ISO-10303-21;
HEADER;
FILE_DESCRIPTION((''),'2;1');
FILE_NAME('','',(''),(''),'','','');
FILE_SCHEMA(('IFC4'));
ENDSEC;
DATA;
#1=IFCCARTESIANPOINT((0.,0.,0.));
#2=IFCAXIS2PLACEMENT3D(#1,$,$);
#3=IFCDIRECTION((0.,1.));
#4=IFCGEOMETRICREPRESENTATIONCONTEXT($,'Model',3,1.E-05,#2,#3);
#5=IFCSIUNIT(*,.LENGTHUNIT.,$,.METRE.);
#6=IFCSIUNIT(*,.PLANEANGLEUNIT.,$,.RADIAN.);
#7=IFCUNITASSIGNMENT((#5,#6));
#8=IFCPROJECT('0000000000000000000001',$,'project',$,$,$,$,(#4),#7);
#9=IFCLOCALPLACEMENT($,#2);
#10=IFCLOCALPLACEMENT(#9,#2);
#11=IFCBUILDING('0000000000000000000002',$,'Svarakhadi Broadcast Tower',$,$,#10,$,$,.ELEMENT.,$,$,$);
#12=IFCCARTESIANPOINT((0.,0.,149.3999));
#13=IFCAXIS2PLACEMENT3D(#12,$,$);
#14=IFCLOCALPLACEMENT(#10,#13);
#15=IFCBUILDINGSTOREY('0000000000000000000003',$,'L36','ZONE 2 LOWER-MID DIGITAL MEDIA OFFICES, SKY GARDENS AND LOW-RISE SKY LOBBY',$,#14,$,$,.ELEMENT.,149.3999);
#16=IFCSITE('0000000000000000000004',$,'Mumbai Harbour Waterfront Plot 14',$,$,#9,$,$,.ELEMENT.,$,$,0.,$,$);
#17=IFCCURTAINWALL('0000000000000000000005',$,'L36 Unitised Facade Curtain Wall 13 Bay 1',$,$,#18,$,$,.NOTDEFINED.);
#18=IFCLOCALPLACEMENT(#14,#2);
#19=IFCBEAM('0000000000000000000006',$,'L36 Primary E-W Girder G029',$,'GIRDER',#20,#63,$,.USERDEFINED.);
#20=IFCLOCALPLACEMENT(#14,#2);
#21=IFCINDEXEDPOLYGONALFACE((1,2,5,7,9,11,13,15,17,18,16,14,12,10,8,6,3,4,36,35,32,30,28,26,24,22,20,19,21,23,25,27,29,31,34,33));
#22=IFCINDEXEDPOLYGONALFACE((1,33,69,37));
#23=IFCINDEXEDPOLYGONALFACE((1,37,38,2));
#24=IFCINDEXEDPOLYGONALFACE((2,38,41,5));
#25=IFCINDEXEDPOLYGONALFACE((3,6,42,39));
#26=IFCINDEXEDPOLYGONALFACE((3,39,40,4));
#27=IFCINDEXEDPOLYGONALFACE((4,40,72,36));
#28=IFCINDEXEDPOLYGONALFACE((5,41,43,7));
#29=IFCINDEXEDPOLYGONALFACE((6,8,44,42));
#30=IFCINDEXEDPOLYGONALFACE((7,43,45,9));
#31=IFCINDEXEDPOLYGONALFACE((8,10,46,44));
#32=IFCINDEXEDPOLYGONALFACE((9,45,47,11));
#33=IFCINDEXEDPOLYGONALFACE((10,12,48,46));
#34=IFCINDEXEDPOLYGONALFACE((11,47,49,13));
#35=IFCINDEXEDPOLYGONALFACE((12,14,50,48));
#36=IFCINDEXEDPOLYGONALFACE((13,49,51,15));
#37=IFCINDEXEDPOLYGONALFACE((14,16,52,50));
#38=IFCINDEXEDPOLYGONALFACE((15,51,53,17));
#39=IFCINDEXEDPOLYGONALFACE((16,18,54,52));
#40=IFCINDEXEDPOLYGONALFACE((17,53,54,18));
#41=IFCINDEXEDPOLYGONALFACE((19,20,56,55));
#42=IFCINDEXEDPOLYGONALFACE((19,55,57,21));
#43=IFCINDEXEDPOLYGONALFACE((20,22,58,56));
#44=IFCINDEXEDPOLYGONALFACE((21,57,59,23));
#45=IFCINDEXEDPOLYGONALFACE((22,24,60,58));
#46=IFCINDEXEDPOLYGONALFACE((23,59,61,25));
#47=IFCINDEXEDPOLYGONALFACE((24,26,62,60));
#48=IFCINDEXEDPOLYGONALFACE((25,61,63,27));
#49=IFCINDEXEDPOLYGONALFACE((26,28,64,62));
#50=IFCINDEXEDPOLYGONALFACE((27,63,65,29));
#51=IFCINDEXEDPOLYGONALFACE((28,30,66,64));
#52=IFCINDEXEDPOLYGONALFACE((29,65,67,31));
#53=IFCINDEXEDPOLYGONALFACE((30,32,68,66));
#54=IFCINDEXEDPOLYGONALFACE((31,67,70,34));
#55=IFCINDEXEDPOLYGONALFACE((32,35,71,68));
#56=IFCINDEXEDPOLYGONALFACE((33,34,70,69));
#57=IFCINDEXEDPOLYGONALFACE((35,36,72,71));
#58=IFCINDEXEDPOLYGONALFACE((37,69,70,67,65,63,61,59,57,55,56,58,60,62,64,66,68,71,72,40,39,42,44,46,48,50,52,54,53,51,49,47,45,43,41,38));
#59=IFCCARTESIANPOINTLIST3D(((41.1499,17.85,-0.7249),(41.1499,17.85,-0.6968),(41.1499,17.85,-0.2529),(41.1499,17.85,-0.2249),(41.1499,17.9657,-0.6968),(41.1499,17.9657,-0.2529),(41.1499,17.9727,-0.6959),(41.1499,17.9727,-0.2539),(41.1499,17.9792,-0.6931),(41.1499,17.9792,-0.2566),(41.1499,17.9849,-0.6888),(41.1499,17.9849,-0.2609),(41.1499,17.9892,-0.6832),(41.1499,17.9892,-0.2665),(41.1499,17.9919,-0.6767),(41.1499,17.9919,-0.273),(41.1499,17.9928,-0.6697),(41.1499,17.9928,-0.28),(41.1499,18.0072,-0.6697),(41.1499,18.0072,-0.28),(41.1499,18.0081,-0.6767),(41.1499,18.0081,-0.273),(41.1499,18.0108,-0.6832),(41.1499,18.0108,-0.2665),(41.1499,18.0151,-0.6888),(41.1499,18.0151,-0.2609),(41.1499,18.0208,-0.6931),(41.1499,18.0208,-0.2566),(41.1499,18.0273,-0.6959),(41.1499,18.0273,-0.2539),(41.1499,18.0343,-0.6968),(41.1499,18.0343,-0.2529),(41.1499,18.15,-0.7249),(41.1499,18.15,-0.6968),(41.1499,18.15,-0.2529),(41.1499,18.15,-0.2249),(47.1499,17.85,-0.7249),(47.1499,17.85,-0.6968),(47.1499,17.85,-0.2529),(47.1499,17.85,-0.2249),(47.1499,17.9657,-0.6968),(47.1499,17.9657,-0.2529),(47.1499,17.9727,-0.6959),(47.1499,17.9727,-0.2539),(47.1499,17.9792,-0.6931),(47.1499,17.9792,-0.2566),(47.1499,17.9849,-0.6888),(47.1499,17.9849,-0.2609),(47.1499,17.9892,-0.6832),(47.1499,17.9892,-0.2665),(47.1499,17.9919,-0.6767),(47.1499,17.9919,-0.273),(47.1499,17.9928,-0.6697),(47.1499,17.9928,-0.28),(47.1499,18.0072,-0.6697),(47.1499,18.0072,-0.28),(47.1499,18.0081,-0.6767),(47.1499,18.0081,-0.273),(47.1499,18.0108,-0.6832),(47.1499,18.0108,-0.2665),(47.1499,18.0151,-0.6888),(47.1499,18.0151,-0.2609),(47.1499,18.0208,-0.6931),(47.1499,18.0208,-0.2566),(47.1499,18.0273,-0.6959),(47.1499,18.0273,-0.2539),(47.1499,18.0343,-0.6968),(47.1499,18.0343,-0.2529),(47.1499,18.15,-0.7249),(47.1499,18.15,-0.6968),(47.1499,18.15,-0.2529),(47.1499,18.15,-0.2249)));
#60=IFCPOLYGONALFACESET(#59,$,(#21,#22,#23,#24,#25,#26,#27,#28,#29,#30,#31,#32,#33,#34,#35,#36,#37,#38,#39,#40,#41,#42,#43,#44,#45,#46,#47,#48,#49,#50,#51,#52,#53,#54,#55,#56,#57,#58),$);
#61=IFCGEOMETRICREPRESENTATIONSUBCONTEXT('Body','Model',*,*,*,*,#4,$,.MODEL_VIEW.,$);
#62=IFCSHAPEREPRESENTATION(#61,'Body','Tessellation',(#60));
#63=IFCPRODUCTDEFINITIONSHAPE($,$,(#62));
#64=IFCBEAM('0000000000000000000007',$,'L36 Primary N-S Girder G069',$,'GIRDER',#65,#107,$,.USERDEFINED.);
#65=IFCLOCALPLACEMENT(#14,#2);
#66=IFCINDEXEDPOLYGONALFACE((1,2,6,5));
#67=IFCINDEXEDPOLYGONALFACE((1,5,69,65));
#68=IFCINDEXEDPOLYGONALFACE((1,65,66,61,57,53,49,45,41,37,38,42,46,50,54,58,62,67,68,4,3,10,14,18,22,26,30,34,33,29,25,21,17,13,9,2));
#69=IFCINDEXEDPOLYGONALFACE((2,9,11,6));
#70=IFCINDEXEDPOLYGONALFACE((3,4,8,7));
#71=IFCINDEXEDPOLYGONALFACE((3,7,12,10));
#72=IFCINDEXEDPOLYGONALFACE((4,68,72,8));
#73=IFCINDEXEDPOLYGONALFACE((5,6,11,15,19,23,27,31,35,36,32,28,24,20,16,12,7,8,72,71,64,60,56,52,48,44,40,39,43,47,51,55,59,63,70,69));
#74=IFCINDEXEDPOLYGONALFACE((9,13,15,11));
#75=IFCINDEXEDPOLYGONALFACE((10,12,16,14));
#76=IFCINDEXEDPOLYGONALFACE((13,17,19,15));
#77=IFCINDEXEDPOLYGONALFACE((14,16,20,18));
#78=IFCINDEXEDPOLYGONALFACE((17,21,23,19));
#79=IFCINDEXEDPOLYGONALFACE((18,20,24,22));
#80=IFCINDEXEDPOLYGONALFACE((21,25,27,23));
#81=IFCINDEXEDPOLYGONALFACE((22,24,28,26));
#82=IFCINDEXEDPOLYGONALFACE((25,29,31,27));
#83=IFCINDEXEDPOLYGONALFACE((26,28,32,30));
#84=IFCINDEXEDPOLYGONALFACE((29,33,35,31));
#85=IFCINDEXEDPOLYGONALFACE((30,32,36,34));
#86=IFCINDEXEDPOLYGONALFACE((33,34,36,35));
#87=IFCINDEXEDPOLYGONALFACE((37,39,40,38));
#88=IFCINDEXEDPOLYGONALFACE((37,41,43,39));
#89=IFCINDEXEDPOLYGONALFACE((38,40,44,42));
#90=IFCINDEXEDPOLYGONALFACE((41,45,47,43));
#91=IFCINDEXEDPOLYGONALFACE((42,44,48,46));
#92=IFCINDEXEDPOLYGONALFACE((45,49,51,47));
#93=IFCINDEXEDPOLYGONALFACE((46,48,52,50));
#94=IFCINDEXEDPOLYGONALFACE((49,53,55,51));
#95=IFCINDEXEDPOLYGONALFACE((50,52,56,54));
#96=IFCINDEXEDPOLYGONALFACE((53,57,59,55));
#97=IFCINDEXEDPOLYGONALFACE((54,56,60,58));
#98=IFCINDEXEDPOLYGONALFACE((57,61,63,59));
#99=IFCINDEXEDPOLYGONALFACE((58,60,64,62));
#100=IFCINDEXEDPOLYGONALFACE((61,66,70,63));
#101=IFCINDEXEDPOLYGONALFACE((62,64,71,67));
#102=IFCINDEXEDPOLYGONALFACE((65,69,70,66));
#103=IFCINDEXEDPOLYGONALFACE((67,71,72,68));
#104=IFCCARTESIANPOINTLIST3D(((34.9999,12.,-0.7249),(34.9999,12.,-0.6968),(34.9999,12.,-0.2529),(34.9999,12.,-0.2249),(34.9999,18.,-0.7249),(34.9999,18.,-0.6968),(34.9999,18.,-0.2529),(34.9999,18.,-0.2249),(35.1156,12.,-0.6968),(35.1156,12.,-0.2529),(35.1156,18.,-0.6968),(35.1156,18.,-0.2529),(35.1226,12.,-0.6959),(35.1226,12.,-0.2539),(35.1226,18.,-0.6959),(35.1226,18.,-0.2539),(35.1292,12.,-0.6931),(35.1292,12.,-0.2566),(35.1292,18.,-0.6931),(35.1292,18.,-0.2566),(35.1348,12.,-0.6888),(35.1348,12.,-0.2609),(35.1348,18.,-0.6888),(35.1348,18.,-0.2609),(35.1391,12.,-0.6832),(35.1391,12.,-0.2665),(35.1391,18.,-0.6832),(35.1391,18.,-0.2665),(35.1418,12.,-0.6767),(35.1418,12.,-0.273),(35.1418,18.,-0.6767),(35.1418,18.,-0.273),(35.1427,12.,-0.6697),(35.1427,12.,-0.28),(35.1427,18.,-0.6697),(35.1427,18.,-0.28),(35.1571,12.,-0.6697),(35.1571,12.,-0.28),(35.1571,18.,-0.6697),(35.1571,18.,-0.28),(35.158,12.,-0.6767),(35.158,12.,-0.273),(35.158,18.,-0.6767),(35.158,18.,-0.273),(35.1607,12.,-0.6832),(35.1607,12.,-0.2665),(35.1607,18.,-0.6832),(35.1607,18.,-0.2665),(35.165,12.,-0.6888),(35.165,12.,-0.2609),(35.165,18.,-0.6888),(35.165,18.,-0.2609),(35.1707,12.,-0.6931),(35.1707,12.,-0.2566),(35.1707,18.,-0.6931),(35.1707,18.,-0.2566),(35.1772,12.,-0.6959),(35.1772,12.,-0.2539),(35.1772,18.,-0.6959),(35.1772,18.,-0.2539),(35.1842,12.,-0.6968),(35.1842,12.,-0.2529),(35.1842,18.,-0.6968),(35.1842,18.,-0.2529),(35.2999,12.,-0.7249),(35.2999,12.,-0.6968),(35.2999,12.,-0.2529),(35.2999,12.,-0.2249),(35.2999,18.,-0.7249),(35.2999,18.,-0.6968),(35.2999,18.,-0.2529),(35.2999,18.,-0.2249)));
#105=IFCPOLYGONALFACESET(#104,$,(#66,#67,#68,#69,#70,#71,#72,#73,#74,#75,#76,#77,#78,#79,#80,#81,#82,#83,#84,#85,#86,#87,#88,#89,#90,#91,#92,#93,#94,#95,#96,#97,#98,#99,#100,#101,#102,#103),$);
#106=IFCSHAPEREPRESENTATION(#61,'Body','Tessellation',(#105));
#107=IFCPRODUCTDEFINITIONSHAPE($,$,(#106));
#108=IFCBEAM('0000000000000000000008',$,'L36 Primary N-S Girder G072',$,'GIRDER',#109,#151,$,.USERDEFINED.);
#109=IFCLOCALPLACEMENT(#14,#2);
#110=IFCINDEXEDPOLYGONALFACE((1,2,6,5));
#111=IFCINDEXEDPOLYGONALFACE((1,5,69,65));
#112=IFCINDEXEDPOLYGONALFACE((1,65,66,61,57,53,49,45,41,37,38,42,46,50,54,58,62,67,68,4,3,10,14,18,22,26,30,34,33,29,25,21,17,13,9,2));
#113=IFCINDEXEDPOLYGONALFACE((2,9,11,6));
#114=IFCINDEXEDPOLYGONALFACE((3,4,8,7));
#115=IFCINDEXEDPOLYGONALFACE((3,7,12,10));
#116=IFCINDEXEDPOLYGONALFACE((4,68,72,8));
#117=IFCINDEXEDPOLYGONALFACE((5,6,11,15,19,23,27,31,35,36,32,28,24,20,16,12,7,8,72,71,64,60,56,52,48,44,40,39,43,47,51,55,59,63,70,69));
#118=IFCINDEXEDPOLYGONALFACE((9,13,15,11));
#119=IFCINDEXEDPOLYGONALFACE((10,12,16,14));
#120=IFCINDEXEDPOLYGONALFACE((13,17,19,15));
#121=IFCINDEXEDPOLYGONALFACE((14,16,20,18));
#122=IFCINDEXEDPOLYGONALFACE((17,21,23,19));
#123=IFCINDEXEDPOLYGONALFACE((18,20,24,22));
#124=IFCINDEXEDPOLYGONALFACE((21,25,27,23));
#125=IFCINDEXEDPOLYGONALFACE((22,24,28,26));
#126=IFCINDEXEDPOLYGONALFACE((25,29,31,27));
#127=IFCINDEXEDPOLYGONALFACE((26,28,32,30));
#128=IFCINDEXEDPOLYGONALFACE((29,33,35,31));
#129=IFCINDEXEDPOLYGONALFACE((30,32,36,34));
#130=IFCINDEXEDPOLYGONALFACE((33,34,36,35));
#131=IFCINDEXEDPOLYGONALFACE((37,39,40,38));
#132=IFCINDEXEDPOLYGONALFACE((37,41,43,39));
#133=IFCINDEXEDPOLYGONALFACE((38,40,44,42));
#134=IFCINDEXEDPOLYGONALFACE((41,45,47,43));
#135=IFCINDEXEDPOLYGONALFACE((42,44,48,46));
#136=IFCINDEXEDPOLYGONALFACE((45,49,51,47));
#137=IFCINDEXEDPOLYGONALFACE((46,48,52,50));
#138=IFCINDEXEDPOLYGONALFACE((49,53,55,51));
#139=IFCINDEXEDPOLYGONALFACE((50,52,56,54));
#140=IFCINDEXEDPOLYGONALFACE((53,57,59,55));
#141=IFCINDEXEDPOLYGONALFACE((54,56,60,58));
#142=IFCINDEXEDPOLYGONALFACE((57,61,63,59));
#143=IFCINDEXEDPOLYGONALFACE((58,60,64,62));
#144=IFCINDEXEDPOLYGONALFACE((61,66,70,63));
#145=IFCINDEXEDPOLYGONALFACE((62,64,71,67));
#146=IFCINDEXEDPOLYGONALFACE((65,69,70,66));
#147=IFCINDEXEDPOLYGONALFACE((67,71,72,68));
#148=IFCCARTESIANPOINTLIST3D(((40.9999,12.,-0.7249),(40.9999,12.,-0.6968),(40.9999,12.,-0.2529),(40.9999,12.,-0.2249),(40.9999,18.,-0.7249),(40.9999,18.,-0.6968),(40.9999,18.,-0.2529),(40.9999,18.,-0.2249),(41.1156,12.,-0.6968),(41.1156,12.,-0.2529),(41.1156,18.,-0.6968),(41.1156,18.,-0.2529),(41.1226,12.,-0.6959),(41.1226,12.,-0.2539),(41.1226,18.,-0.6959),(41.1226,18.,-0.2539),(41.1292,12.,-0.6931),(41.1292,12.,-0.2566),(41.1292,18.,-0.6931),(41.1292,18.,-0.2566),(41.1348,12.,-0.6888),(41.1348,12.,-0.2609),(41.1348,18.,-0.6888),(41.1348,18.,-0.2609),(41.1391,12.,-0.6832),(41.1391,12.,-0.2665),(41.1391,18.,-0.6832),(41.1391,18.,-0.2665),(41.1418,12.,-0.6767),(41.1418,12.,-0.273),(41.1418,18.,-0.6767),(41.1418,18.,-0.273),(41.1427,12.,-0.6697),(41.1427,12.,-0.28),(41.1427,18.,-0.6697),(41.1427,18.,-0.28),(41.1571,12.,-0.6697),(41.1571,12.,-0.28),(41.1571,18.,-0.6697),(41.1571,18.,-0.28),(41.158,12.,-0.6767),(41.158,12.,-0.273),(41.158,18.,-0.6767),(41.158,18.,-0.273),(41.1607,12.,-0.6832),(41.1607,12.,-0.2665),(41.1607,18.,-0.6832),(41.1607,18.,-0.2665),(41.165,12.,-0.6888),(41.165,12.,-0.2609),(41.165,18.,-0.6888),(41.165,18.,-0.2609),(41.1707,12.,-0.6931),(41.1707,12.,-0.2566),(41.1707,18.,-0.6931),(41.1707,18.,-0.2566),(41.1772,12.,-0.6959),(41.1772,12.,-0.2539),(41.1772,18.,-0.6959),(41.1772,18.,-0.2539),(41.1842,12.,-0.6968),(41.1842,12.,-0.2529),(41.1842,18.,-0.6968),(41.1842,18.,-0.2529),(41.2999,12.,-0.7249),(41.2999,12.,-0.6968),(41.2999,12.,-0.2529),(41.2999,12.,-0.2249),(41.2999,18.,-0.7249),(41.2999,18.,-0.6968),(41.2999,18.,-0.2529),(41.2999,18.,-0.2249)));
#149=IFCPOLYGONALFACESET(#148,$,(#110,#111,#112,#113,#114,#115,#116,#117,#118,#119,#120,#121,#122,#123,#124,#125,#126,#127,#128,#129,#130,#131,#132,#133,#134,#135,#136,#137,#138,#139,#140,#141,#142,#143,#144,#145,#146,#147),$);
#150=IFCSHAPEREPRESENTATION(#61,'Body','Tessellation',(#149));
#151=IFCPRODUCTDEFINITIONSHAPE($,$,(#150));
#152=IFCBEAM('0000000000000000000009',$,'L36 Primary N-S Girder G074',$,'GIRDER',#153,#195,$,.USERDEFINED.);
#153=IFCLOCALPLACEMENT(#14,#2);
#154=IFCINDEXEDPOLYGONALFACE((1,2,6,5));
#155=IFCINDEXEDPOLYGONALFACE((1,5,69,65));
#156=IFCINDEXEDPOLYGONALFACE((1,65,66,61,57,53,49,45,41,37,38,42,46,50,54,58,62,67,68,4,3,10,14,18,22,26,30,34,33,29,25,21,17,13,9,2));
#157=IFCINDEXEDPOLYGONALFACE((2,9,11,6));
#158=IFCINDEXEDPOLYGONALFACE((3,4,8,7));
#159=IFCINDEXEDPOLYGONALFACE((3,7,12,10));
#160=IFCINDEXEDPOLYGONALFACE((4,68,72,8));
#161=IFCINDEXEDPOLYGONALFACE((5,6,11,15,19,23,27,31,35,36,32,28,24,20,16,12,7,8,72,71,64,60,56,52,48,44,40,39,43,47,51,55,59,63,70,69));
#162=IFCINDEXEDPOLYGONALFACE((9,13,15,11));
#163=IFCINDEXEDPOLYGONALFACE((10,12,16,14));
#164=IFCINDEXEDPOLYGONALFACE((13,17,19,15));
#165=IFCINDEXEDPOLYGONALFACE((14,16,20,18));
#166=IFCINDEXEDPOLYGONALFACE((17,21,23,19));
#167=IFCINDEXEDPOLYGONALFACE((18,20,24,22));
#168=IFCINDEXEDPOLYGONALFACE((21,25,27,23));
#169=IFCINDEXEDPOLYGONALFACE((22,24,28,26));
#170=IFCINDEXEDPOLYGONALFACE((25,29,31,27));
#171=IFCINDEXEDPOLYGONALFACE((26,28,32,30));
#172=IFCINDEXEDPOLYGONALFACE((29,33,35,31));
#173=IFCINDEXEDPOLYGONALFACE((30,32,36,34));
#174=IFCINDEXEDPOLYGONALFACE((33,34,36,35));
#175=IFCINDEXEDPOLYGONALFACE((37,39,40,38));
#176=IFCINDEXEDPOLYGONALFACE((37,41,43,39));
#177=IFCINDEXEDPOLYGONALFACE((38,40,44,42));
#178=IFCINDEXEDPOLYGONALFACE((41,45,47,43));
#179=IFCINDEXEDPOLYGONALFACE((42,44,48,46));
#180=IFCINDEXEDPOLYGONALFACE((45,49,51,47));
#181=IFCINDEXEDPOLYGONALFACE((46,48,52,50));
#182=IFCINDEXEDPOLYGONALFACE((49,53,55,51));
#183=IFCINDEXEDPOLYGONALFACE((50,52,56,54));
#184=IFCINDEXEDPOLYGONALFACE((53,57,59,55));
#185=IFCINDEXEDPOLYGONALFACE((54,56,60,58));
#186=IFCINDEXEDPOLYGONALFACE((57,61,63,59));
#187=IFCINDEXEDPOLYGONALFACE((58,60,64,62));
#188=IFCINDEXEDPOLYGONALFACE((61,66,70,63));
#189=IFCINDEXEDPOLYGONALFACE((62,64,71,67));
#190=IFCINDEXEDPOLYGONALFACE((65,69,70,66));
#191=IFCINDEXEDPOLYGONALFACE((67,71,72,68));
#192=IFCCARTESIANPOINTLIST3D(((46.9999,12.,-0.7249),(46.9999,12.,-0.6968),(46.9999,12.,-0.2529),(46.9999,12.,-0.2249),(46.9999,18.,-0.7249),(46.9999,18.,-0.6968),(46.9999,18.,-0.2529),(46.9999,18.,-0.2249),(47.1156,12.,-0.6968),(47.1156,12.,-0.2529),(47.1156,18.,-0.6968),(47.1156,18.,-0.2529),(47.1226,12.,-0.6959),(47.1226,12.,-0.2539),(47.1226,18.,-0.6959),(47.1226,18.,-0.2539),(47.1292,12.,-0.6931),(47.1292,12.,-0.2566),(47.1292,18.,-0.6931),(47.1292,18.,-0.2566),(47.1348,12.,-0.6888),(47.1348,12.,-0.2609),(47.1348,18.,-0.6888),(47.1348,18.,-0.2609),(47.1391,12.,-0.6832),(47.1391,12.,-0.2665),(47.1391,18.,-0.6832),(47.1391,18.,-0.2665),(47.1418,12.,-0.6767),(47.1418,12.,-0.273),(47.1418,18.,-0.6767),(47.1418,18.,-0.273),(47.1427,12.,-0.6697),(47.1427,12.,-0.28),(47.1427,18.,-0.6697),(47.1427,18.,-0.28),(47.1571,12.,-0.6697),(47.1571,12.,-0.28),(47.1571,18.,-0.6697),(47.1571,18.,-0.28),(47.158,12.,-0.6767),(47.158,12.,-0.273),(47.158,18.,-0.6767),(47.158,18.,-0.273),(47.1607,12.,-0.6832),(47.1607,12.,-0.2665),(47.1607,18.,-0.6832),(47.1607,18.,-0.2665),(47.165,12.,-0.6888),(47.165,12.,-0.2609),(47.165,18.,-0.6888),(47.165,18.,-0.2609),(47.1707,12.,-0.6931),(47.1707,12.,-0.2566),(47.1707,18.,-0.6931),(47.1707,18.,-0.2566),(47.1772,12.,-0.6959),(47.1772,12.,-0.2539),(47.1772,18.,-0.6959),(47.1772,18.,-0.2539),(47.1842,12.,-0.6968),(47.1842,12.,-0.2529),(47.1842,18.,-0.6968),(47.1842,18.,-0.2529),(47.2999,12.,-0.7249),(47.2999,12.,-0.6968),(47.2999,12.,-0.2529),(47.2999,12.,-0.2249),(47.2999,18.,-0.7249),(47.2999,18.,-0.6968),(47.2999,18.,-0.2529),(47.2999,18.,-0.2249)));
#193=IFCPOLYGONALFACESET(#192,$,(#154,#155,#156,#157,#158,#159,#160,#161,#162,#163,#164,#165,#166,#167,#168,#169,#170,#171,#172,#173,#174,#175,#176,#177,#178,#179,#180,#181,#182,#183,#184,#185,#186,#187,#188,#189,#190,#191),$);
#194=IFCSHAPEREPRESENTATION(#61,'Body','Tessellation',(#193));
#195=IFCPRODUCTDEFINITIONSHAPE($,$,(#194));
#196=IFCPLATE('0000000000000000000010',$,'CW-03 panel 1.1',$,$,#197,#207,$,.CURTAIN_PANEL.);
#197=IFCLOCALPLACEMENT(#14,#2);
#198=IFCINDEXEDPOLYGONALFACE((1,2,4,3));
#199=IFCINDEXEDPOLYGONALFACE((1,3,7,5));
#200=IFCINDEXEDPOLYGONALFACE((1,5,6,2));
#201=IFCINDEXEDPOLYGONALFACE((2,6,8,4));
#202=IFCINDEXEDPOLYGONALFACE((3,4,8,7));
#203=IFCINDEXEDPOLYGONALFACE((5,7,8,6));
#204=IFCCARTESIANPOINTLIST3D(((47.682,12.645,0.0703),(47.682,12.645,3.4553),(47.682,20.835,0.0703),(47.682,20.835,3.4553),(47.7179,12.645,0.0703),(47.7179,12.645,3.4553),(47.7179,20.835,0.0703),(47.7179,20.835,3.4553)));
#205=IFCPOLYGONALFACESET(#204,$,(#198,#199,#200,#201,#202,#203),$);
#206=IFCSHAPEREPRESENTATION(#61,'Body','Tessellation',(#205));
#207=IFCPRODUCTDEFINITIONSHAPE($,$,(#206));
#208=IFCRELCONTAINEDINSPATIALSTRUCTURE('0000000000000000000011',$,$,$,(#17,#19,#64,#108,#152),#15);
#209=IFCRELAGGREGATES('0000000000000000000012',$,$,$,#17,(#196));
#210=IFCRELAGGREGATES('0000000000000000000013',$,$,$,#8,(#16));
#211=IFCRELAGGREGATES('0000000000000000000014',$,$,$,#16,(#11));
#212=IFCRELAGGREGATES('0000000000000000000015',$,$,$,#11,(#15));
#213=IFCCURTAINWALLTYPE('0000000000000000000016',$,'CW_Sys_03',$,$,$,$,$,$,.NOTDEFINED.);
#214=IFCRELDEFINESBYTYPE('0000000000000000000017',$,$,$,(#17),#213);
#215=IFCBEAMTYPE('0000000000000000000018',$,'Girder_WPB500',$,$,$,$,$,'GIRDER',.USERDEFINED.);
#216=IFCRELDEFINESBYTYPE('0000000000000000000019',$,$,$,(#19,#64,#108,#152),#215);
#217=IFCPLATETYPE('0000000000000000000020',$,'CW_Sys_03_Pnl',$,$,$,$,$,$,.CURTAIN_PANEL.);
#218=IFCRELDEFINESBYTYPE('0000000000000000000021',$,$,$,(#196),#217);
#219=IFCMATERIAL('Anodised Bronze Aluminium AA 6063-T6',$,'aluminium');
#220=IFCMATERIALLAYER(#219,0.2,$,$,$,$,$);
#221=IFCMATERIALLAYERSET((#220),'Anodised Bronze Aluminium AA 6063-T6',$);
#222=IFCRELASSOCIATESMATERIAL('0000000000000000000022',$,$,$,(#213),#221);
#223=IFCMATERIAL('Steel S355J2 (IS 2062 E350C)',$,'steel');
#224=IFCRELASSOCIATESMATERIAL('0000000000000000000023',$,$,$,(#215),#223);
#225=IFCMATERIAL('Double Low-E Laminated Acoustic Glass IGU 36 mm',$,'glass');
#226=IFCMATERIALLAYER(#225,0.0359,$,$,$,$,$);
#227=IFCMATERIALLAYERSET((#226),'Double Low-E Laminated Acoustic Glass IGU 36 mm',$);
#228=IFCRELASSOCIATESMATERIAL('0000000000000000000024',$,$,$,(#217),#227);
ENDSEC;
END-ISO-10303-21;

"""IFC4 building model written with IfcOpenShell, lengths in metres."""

from ifc_helpers import new_model, si_unit, direction, frame, origin, origin_2d, place, context, subcontext, project, spatial, rectangle, i_section, extrude, material, layer, layer_set, material_profile, profile_set, type_object, element, aggregate, save


model = new_model("IFC4")

# Units and contexts
model_context = context("Model", 3, precision=1e-05, world=origin(), true_north=direction((0.0, 1.0)))
body_context = subcontext(model_context, "Body", "Model", "MODEL_VIEW")
ifc_project = project(units=[si_unit("LENGTHUNIT", "METRE"), si_unit("PLANEANGLEUNIT", "RADIAN")], contexts=[model_context])

# Site, building, storey
site_placement = place(None, origin())
site = spatial("IfcSite", under=ifc_project, at=site_placement, Name="Mumbai Harbour Waterfront Plot 14", CompositionType="ELEMENT", RefElevation=0.0)
building_placement = place(site_placement, origin())
building = spatial("IfcBuilding", under=site, at=building_placement, Name="Svarakhadi Broadcast Tower", CompositionType="ELEMENT")
storey_placement = place(building_placement, frame((0.0, 0.0, 149.3999)))
storey = spatial("IfcBuildingStorey", under=building, at=storey_placement, Name="L36", Description="ZONE 2 LOWER-MID DIGITAL MEDIA OFFICES, SKY GARDENS AND LOW-RISE SKY LOBBY", CompositionType="ELEMENT", Elevation=149.3999)

# Shared definitions
ifc_material_1 = material(Name="Steel S355J2 (IS 2062 E350C)", Category="steel")

# Curtain wall
ifc_material_2 = material(Name="Anodised Bronze Aluminium AA 6063-T6", Category="aluminium")
ifc_layer_1 = layer(ifc_material_2, 0.2)
ifc_layer_set_1 = layer_set([ifc_layer_1], Name="Anodised Bronze Aluminium AA 6063-T6")
curtain_wall_type = type_object("IfcCurtainWallType", Name="CW_Sys_03", PredefinedType="NOTDEFINED", material=ifc_layer_set_1)
curtain_wall_placement = place(storey_placement, origin())
curtain_wall = element("IfcCurtainWall", 1, at=curtain_wall_placement, inside=storey, type_object=curtain_wall_type, Name="L36 Unitised Facade Curtain Wall 13 Bay 1", PredefinedType="NOTDEFINED")

# Beams
ifc_material_profile_1 = material_profile(ifc_material_1, i_section(OverallWidth=0.3, OverallDepth=0.5, WebThickness=0.0144, FlangeThickness=0.0281, FilletRadius=0.0271, at=origin_2d()), Name="WPB 500x300x187")
ifc_profile_set_1 = profile_set([ifc_material_profile_1], Name="Steel S355J2 (IS 2062 E350C)")
beam_type_1 = type_object("IfcBeamType", Name="Girder_WPB500", ElementType="GIRDER", PredefinedType="USERDEFINED", material=ifc_profile_set_1)
for number, where, z_axis, x_axis, name in (
    (2, (41.1499, 18.0, -0.4749), (1.0, 0.0, 0.0), (0.0, 1.0, 0.0), "L36 Primary E-W Girder G029"),
    (3, (35.1499, 12.0, -0.4749), (0.0, 1.0, 0.0), (-1.0, 0.0, 0.0), "L36 Primary N-S Girder G069"),
    (4, (41.1499, 12.0, -0.4749), (0.0, 1.0, 0.0), (-1.0, 0.0, 0.0), "L36 Primary N-S Girder G072"),
    (5, (47.1499, 12.0, -0.4749), (0.0, 1.0, 0.0), (-1.0, 0.0, 0.0), "L36 Primary N-S Girder G074"),
):
    element("IfcBeam", number, at=place(storey_placement, frame(where, z_axis=z_axis, x_axis=x_axis)), inside=storey, type_object=beam_type_1, Name=name, ObjectType="GIRDER", PredefinedType="USERDEFINED", context=body_context, shape_type="SweptSolid", body=[
        extrude(i_section(OverallWidth=0.3, OverallDepth=0.5, WebThickness=0.0144, FlangeThickness=0.0281, FilletRadius=0.0271, at=origin_2d()), origin(), (0.0, 0.0, 1.0), 6.0),
    ])

# Plate
ifc_material_3 = material(Name="Double Low-E Laminated Acoustic Glass IGU 36 mm", Category="glass")
ifc_layer_2 = layer(ifc_material_3, 0.0359)
ifc_layer_set_2 = layer_set([ifc_layer_2], Name="Double Low-E Laminated Acoustic Glass IGU 36 mm")
plate_type_1 = type_object("IfcPlateType", Name="CW_Sys_03_Pnl", PredefinedType="CURTAIN_PANEL", material=ifc_layer_set_2)
plate_1_placement = place(storey_placement, frame((47.7, 16.74, 0.0703), z_axis=(0.0, 0.0, 1.0), x_axis=(0.0, -1.0, 0.0)))
plate_1 = element("IfcPlate", 6, at=plate_1_placement, type_object=plate_type_1, Name="CW-03 panel 1.1", PredefinedType="CURTAIN_PANEL", context=body_context, shape_type="SweptSolid", body=[
    extrude(rectangle(XDim=8.1899, YDim=0.0359, at=origin_2d()), origin(), (0.0, 0.0, 1.0), 3.385),
])
aggregate(curtain_wall, [plate_1])

save(model, "model.ifc")
